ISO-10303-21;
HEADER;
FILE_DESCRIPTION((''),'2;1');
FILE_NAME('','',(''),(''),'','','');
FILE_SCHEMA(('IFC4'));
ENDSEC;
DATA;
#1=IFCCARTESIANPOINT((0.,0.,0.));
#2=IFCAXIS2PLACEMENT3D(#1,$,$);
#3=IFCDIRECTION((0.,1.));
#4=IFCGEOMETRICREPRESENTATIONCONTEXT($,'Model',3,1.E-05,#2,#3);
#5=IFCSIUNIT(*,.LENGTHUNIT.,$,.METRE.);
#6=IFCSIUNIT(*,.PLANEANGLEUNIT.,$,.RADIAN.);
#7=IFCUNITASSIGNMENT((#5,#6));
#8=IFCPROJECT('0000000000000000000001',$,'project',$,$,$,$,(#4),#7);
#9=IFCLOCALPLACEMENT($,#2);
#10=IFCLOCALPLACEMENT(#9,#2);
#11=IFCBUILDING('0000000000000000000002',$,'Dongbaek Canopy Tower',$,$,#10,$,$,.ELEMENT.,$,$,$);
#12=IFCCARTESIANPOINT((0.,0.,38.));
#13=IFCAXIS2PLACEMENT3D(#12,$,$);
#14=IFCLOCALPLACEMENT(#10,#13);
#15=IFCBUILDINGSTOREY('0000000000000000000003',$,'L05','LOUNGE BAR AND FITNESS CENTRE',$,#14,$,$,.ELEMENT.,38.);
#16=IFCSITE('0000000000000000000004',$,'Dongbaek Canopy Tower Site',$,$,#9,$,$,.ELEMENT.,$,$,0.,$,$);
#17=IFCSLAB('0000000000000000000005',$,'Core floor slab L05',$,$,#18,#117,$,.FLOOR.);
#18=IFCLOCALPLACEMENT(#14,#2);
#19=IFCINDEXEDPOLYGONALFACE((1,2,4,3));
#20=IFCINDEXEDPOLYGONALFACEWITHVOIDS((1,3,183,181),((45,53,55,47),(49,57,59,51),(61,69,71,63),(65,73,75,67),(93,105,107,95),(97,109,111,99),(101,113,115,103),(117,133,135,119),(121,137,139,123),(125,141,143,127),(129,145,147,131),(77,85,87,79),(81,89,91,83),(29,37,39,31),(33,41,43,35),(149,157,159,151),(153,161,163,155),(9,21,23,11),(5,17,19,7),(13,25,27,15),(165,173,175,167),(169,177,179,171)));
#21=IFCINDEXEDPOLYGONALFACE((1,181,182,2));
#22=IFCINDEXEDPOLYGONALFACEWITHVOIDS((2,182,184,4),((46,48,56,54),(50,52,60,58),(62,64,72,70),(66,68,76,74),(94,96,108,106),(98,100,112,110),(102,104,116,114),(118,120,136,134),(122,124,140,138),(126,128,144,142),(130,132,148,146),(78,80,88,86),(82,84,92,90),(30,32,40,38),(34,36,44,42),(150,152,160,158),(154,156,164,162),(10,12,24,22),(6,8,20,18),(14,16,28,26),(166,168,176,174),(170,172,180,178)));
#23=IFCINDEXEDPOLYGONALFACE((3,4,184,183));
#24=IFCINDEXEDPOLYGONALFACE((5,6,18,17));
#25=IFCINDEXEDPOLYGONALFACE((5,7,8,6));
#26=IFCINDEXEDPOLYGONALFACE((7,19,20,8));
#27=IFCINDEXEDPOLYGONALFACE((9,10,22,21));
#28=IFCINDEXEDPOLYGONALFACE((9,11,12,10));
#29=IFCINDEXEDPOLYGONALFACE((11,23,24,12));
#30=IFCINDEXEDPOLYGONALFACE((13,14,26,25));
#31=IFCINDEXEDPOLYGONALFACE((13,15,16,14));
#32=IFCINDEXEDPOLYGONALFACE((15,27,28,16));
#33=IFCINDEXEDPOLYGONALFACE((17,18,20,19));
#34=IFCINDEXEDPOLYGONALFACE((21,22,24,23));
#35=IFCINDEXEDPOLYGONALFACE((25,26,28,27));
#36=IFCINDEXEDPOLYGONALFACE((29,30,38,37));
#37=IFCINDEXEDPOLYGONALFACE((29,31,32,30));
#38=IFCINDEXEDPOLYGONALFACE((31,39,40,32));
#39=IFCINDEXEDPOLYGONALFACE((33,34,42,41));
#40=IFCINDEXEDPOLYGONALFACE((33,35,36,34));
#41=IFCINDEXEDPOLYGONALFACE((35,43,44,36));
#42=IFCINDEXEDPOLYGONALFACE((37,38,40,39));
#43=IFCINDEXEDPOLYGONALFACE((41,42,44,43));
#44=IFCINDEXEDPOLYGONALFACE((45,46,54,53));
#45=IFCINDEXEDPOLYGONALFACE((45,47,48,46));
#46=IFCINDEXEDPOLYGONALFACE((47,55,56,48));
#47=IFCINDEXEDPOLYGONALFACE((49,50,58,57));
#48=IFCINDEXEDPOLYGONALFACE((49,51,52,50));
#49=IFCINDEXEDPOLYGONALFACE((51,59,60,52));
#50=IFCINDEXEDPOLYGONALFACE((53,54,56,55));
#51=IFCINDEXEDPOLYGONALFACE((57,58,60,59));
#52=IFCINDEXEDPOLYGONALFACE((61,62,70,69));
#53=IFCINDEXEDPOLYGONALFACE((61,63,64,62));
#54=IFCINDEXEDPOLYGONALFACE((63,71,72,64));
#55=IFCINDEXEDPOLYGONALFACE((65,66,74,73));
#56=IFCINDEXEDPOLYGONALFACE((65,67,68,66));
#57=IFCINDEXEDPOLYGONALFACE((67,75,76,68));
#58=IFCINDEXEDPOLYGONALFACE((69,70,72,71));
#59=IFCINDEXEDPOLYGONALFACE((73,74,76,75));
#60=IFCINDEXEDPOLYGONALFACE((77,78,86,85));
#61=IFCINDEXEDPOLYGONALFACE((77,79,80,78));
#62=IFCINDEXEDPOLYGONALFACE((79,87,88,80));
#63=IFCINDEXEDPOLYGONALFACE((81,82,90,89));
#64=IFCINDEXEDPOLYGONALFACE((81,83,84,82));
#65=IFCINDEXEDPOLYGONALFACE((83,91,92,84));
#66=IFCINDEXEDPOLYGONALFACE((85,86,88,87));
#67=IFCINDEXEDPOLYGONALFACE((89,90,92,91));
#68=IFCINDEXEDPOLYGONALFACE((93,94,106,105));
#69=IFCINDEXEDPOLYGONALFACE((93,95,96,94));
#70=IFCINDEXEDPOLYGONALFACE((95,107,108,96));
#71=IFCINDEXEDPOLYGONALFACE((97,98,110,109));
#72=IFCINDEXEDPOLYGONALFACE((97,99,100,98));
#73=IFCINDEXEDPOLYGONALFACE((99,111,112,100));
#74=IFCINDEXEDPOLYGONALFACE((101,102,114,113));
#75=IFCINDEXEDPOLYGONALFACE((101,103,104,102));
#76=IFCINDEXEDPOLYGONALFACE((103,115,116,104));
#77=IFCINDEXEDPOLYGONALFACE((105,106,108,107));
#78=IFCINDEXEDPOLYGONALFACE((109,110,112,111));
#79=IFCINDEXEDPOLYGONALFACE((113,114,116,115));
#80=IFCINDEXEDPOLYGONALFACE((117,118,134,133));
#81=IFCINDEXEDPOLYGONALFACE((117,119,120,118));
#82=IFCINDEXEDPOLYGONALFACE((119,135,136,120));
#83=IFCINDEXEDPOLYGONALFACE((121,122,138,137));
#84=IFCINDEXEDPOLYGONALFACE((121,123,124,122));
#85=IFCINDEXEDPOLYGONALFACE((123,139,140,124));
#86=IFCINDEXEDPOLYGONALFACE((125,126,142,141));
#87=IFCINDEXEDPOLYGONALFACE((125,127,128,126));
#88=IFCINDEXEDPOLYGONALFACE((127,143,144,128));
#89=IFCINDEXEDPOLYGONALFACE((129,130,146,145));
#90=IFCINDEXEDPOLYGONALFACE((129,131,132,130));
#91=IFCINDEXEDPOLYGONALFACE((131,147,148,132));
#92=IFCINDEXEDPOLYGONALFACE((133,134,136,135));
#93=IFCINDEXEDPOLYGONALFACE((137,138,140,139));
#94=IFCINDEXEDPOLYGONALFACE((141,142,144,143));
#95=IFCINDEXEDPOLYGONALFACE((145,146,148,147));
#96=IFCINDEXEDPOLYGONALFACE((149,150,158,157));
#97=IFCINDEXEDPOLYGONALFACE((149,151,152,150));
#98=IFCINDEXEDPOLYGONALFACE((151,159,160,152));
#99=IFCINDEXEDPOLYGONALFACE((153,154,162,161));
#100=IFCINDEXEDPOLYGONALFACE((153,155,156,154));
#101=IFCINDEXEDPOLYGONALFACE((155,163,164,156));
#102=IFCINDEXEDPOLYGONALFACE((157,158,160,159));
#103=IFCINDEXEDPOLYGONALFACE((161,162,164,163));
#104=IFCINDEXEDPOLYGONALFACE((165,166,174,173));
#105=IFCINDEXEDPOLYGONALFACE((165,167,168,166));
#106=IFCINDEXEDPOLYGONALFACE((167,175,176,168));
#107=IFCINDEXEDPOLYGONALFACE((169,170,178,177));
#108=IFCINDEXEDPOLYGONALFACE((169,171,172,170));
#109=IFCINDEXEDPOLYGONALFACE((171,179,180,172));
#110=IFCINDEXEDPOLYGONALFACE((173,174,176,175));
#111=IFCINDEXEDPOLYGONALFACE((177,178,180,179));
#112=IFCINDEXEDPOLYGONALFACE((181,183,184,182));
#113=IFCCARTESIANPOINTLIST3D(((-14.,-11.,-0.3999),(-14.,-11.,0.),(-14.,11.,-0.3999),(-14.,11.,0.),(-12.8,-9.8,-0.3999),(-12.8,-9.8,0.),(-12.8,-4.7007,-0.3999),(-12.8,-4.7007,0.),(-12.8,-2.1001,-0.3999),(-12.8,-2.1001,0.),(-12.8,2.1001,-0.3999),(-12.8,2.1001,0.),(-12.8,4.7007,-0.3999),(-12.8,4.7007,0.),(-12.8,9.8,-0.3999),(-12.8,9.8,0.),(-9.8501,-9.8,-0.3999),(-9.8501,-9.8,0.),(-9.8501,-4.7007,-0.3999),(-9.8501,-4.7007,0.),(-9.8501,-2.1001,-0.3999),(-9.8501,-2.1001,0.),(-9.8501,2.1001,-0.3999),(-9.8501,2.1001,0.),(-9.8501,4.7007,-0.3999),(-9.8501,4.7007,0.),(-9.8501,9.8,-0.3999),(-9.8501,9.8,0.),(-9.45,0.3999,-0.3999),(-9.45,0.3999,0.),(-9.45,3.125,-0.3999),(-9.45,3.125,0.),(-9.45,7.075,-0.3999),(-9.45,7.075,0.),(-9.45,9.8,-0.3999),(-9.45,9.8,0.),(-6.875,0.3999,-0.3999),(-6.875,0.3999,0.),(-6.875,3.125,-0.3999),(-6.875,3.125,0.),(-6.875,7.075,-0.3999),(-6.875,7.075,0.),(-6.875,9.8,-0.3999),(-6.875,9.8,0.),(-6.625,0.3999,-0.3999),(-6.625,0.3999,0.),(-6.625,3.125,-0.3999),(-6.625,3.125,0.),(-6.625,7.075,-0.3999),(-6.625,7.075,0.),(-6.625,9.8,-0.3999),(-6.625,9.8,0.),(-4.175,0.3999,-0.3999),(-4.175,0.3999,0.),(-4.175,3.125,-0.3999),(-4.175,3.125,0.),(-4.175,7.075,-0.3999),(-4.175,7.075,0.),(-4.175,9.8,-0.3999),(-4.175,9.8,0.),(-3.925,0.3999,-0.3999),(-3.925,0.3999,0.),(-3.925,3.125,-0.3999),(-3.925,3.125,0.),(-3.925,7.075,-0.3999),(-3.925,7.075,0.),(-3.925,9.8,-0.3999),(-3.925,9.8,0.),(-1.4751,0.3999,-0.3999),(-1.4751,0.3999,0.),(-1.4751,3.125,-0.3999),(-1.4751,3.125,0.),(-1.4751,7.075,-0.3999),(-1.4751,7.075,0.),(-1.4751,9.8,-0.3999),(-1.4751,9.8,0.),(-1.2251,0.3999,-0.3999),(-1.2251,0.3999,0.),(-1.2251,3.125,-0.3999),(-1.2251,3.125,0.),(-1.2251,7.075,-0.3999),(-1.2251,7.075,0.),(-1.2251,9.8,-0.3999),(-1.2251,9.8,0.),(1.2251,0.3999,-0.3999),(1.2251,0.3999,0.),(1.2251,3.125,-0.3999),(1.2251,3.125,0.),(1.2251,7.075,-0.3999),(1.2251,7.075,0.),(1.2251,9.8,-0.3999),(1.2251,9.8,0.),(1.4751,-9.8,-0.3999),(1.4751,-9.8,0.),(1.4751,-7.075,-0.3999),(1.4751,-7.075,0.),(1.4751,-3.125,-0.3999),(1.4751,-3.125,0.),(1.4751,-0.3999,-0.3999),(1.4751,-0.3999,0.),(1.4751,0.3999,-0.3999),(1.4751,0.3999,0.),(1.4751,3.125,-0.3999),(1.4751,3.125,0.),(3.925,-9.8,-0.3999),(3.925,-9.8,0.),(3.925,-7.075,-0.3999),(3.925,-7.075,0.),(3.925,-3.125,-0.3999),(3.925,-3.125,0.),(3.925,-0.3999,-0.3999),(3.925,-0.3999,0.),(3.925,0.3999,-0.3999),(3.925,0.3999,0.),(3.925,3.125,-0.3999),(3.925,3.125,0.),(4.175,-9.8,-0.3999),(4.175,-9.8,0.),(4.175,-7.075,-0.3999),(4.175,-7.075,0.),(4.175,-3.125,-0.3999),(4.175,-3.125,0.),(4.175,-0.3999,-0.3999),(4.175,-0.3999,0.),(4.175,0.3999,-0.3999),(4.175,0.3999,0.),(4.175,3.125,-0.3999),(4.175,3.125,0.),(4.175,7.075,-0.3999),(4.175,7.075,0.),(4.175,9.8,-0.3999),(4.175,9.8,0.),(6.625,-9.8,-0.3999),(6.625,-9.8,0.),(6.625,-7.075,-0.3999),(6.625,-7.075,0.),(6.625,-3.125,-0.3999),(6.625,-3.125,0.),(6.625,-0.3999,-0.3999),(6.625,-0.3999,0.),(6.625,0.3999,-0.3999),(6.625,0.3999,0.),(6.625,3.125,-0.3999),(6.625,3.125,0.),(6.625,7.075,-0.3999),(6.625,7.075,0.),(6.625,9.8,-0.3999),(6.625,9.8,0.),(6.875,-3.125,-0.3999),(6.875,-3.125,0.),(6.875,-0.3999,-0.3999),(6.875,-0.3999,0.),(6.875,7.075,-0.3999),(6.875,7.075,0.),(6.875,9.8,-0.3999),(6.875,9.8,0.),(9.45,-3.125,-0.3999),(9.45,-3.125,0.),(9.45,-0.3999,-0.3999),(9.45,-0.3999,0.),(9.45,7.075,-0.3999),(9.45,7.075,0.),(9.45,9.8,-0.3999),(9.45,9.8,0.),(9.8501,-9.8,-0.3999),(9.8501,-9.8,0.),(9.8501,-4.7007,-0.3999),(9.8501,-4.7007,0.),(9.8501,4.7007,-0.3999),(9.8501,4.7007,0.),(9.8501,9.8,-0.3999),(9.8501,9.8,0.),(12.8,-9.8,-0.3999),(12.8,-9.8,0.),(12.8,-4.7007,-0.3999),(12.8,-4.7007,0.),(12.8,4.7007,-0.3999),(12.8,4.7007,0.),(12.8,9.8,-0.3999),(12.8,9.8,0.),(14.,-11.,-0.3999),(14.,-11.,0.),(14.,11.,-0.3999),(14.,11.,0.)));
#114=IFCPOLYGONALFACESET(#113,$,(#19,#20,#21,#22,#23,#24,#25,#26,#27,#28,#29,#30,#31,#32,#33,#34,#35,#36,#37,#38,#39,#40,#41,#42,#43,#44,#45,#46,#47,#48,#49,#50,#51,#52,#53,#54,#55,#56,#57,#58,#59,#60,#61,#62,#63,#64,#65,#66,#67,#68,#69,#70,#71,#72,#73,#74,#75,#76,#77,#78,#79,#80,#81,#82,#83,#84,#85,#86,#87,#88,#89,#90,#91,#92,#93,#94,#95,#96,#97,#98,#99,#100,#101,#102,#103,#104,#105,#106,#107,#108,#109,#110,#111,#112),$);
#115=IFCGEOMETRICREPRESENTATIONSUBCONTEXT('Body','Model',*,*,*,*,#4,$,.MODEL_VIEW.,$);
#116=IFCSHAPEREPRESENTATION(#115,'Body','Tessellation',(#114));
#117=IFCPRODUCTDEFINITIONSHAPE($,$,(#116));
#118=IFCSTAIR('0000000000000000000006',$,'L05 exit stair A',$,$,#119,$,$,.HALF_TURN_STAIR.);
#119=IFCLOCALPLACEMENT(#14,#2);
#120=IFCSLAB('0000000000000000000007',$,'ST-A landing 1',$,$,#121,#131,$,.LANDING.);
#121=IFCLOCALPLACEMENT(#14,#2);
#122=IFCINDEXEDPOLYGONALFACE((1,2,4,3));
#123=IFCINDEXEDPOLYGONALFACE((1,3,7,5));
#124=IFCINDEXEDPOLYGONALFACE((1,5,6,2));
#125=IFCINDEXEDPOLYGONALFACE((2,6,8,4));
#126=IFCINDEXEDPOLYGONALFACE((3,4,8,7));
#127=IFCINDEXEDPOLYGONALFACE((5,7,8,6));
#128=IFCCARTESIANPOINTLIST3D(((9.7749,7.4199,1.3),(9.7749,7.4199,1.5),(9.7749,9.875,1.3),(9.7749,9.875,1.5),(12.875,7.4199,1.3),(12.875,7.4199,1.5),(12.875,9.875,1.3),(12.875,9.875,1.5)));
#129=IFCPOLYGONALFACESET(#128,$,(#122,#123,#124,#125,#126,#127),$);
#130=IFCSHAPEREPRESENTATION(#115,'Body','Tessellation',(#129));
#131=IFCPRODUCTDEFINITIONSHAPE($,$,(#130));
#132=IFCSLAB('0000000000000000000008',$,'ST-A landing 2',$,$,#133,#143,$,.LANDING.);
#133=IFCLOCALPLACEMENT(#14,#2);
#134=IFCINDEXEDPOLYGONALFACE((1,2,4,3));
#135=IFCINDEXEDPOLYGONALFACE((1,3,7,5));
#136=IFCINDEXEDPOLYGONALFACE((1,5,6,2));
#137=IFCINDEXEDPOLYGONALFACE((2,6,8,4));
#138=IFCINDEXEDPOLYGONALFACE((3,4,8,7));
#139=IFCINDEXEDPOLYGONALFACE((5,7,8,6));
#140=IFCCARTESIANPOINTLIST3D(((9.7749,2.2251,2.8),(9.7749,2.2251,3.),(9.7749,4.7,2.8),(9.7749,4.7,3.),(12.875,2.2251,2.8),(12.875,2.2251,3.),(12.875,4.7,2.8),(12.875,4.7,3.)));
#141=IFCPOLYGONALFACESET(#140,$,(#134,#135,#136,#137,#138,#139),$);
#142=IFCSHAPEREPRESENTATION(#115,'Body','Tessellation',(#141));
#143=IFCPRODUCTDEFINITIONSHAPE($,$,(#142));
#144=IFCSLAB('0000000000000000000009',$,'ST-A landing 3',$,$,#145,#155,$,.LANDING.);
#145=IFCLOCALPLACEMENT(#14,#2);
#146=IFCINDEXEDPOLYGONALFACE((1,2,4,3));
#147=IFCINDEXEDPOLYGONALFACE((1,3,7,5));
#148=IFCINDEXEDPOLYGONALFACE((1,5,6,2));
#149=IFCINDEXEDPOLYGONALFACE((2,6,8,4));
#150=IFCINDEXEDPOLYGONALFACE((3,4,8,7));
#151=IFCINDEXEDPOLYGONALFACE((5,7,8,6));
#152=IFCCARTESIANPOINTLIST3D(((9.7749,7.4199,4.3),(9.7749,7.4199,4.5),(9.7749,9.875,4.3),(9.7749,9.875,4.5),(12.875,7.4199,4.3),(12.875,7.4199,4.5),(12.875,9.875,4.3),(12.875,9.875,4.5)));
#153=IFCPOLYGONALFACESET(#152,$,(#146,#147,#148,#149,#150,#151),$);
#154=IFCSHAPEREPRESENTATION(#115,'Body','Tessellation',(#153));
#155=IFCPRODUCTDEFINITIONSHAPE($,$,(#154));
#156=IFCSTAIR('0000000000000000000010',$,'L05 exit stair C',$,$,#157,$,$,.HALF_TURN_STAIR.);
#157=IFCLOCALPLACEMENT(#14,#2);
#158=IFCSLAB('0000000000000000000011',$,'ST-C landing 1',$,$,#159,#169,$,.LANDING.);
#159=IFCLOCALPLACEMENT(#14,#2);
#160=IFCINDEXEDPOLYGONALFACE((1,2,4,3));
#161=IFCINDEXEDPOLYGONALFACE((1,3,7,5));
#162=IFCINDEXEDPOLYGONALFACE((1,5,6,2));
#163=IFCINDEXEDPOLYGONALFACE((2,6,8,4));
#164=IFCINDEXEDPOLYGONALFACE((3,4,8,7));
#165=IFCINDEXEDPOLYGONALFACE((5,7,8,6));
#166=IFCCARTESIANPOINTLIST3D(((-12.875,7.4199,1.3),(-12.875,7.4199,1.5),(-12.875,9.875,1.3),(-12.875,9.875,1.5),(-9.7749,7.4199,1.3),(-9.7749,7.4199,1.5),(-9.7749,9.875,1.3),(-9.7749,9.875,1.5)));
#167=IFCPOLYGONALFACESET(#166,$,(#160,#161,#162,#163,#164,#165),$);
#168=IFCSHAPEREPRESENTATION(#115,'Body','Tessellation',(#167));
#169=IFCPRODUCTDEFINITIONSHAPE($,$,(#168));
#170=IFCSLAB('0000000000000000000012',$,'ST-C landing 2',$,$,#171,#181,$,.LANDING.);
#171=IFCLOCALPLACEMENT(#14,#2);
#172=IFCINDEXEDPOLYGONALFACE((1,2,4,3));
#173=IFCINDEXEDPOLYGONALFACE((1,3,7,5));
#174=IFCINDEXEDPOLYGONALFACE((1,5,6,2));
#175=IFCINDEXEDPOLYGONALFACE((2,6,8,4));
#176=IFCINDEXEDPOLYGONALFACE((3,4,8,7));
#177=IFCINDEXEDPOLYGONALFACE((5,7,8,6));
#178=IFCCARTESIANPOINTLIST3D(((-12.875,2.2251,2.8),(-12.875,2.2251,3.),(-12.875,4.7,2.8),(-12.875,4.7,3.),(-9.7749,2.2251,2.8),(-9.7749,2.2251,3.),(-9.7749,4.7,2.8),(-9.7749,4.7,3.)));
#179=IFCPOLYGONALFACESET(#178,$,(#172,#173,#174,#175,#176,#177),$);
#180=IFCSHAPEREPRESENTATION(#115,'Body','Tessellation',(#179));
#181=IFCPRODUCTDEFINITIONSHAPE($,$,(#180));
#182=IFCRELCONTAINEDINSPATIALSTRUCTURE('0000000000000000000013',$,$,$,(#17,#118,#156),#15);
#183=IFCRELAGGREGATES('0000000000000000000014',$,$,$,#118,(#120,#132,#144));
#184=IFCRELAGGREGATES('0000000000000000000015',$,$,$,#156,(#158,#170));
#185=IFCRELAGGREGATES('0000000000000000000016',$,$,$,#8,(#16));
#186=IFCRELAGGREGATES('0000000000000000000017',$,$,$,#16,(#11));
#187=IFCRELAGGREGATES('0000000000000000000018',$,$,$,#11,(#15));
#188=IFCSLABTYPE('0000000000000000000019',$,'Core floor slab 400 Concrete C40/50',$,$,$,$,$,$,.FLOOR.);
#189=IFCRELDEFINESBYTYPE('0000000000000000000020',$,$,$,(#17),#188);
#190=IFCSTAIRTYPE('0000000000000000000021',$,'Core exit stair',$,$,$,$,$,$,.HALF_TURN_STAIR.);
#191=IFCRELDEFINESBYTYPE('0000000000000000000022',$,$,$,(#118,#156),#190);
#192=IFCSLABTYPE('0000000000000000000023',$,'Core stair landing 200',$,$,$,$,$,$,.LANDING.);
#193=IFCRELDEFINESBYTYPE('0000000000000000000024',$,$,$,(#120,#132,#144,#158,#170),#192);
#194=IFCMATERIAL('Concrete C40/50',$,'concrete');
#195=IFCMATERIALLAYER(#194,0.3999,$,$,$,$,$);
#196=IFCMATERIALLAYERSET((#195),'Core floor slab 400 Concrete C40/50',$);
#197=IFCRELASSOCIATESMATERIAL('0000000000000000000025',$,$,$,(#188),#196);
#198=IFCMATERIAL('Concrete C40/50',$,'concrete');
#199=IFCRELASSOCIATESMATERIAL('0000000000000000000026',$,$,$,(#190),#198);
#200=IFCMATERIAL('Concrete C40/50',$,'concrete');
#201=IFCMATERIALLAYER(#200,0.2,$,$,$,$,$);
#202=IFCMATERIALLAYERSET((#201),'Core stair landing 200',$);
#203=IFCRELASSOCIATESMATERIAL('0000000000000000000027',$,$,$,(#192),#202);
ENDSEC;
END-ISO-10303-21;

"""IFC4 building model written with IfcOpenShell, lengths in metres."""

from ifc_helpers import new_model, si_unit, direction, frame, origin, place, context, subcontext, project, spatial, polyline, outline, extrude, material, layer, layer_set, type_object, element, aggregate, save


model = new_model("IFC4")

# Units and contexts
model_context = context("Model", 3, precision=1e-05, world=origin(), true_north=direction((0.0, 1.0)))
body_context = subcontext(model_context, "Body", "Model", "MODEL_VIEW")
ifc_project = project(units=[si_unit("LENGTHUNIT", "METRE"), si_unit("PLANEANGLEUNIT", "RADIAN")], contexts=[model_context])

# Site, building, storey
site_placement = place(None, origin())
site = spatial("IfcSite", under=ifc_project, at=site_placement, Name="Dongbaek Canopy Tower Site", CompositionType="ELEMENT", RefElevation=0.0)
building_placement = place(site_placement, origin())
building = spatial("IfcBuilding", under=site, at=building_placement, Name="Dongbaek Canopy Tower", CompositionType="ELEMENT")
storey_placement = place(building_placement, frame((0.0, 0.0, 38.0)))
storey = spatial("IfcBuildingStorey", under=building, at=storey_placement, Name="L05", Description="LOUNGE BAR AND FITNESS CENTRE", CompositionType="ELEMENT", Elevation=38.0)

# Slab
ifc_material_1 = material(Name="Concrete C40/50", Category="concrete")
ifc_layer_1 = layer(ifc_material_1, 0.3999)
ifc_layer_set_1 = layer_set([ifc_layer_1], Name="Core floor slab 400 Concrete C40/50")
slab_type_1 = type_object("IfcSlabType", Name="Core floor slab 400 Concrete C40/50", PredefinedType="FLOOR", material=ifc_layer_set_1)
slab_1_placement = place(storey_placement, frame((0.0, 0.0, -0.3999)))
element("IfcSlab", 1, at=slab_1_placement, inside=storey, type_object=slab_type_1, Name="Core floor slab L05", PredefinedType="FLOOR", context=body_context, shape_type="SweptSolid", body=[
    extrude(outline(polyline([(14.0, -11.0), (14.0, 11.0), (-14.0, 11.0), (-14.0, -11.0), (14.0, -11.0)]), holes=[polyline([(-12.8, 2.1001), (-9.8501, 2.1001), (-9.8501, -2.1001), (-12.8, -2.1001), (-12.8, 2.1001)]), polyline([(-6.875, 9.8), (-6.875, 7.075), (-9.45, 7.075), (-9.45, 9.8), (-6.875, 9.8)]), polyline([(-4.175, 9.8), (-4.175, 7.075), (-6.625, 7.075), (-6.625, 9.8), (-4.175, 9.8)]), polyline([(-1.4751, 9.8), (-1.4751, 7.075), (-3.925, 7.075), (-3.925, 9.8), (-1.4751, 9.8)]), polyline([(1.2251, 9.8), (1.2251, 7.075), (-1.2251, 7.075), (-1.2251, 9.8), (1.2251, 9.8)]), polyline([(6.625, 9.8), (6.625, 7.075), (4.175, 7.075), (4.175, 9.8), (6.625, 9.8)]), polyline([(9.45, 7.075), (6.875, 7.075), (6.875, 9.8), (9.45, 9.8), (9.45, 7.075)]), polyline([(-9.45, 3.125), (-6.875, 3.125), (-6.875, 0.3999), (-9.45, 0.3999), (-9.45, 3.125)]), polyline([(-6.625, 3.125), (-4.175, 3.125), (-4.175, 0.3999), (-6.625, 0.3999), (-6.625, 3.125)]), polyline([(-3.925, 3.125), (-1.4751, 3.125), (-1.4751, 0.3999), (-3.925, 0.3999), (-3.925, 3.125)]), polyline([(-1.2251, 3.125), (1.2251, 3.125), (1.2251, 0.3999), (-1.2251, 0.3999), (-1.2251, 3.125)]), polyline([(3.925, 3.125), (3.925, 0.3999), (1.4751, 0.3999), (1.4751, 3.125), (3.925, 3.125)]), polyline([(4.175, 3.125), (6.625, 3.125), (6.625, 0.3999), (4.175, 0.3999), (4.175, 3.125)]), polyline([(1.4751, -0.3999), (3.925, -0.3999), (3.925, -3.125), (1.4751, -3.125), (1.4751, -0.3999)]), polyline([(4.175, -3.125), (4.175, -0.3999), (6.625, -0.3999), (6.625, -3.125), (4.175, -3.125)]), polyline([(9.45, -3.125), (6.875, -3.125), (6.875, -0.3999), (9.45, -0.3999), (9.45, -3.125)]), polyline([(1.4751, -9.8), (1.4751, -7.075), (3.925, -7.075), (3.925, -9.8), (1.4751, -9.8)]), polyline([(4.175, -9.8), (4.175, -7.075), (6.625, -7.075), (6.625, -9.8), (4.175, -9.8)]), polyline([(12.8, 4.7007), (12.8, 9.8), (9.8501, 9.8), (9.8501, 4.7007), (12.8, 4.7007)]), polyline([(-9.8501, 4.7007), (-9.8501, 9.8), (-12.8, 9.8), (-12.8, 4.7007), (-9.8501, 4.7007)]), polyline([(9.8501, -4.7007), (9.8501, -9.8), (12.8, -9.8), (12.8, -4.7007), (9.8501, -4.7007)]), polyline([(-12.8, -4.7007), (-12.8, -9.8), (-9.8501, -9.8), (-9.8501, -4.7007), (-12.8, -4.7007)])]), origin(), (0.0, 0.0, 1.0), 0.3999),
])

# Stairs, slabs
ifc_material_2 = material(Name="Concrete C40/50", Category="concrete")
stair_type = type_object("IfcStairType", Name="Core exit stair", PredefinedType="HALF_TURN_STAIR", material=ifc_material_2)
stair_1_placement = place(storey_placement, origin())
stair_1 = element("IfcStair", 2, at=stair_1_placement, inside=storey, type_object=stair_type, Name="L05 exit stair A", PredefinedType="HALF_TURN_STAIR")
ifc_material_3 = material(Name="Concrete C40/50", Category="concrete")
ifc_layer_2 = layer(ifc_material_3, 0.2)
ifc_layer_set_2 = layer_set([ifc_layer_2], Name="Core stair landing 200")
slab_type_2 = type_object("IfcSlabType", Name="Core stair landing 200", PredefinedType="LANDING", material=ifc_layer_set_2)
slab_2_placement = place(storey_placement, frame((0.0, 0.0, 1.3)))
slab_2 = element("IfcSlab", 3, at=slab_2_placement, type_object=slab_type_2, Name="ST-A landing 1", PredefinedType="LANDING", context=body_context, shape_type="SweptSolid", body=[
    extrude(outline(polyline([(12.875, 7.4199), (12.875, 9.875), (9.7749, 9.875), (9.7749, 7.4199), (12.875, 7.4199)])), origin(), (0.0, 0.0, 1.0), 0.2),
])
slab_3_placement = place(storey_placement, frame((0.0, 0.0, 2.8)))
slab_3 = element("IfcSlab", 4, at=slab_3_placement, type_object=slab_type_2, Name="ST-A landing 2", PredefinedType="LANDING", context=body_context, shape_type="SweptSolid", body=[
    extrude(outline(polyline([(12.875, 2.2251), (12.875, 4.7), (9.7749, 4.7), (9.7749, 2.2251), (12.875, 2.2251)])), origin(), (0.0, 0.0, 1.0), 0.2),
])
slab_4_placement = place(storey_placement, frame((0.0, 0.0, 4.3)))
slab_4 = element("IfcSlab", 5, at=slab_4_placement, type_object=slab_type_2, Name="ST-A landing 3", PredefinedType="LANDING", context=body_context, shape_type="SweptSolid", body=[
    extrude(outline(polyline([(12.875, 7.4199), (12.875, 9.875), (9.7749, 9.875), (9.7749, 7.4199), (12.875, 7.4199)])), origin(), (0.0, 0.0, 1.0), 0.2),
])
aggregate(stair_1, [slab_2, slab_3, slab_4])
stair_2_placement = place(storey_placement, origin())
stair_2 = element("IfcStair", 6, at=stair_2_placement, inside=storey, type_object=stair_type, Name="L05 exit stair C", PredefinedType="HALF_TURN_STAIR")
slab_5_placement = place(storey_placement, frame((0.0, 0.0, 1.3)))
slab_5 = element("IfcSlab", 7, at=slab_5_placement, type_object=slab_type_2, Name="ST-C landing 1", PredefinedType="LANDING", context=body_context, shape_type="SweptSolid", body=[
    extrude(outline(polyline([(-9.7749, 7.4199), (-9.7749, 9.875), (-12.875, 9.875), (-12.875, 7.4199), (-9.7749, 7.4199)])), origin(), (0.0, 0.0, 1.0), 0.2),
])
slab_6_placement = place(storey_placement, frame((0.0, 0.0, 2.8)))
slab_6 = element("IfcSlab", 8, at=slab_6_placement, type_object=slab_type_2, Name="ST-C landing 2", PredefinedType="LANDING", context=body_context, shape_type="SweptSolid", body=[
    extrude(outline(polyline([(-9.7749, 2.2251), (-9.7749, 4.7), (-12.875, 4.7), (-12.875, 2.2251), (-9.7749, 2.2251)])), origin(), (0.0, 0.0, 1.0), 0.2),
])

aggregate(stair_2, [slab_5, slab_6])

save(model, "model.ifc")
